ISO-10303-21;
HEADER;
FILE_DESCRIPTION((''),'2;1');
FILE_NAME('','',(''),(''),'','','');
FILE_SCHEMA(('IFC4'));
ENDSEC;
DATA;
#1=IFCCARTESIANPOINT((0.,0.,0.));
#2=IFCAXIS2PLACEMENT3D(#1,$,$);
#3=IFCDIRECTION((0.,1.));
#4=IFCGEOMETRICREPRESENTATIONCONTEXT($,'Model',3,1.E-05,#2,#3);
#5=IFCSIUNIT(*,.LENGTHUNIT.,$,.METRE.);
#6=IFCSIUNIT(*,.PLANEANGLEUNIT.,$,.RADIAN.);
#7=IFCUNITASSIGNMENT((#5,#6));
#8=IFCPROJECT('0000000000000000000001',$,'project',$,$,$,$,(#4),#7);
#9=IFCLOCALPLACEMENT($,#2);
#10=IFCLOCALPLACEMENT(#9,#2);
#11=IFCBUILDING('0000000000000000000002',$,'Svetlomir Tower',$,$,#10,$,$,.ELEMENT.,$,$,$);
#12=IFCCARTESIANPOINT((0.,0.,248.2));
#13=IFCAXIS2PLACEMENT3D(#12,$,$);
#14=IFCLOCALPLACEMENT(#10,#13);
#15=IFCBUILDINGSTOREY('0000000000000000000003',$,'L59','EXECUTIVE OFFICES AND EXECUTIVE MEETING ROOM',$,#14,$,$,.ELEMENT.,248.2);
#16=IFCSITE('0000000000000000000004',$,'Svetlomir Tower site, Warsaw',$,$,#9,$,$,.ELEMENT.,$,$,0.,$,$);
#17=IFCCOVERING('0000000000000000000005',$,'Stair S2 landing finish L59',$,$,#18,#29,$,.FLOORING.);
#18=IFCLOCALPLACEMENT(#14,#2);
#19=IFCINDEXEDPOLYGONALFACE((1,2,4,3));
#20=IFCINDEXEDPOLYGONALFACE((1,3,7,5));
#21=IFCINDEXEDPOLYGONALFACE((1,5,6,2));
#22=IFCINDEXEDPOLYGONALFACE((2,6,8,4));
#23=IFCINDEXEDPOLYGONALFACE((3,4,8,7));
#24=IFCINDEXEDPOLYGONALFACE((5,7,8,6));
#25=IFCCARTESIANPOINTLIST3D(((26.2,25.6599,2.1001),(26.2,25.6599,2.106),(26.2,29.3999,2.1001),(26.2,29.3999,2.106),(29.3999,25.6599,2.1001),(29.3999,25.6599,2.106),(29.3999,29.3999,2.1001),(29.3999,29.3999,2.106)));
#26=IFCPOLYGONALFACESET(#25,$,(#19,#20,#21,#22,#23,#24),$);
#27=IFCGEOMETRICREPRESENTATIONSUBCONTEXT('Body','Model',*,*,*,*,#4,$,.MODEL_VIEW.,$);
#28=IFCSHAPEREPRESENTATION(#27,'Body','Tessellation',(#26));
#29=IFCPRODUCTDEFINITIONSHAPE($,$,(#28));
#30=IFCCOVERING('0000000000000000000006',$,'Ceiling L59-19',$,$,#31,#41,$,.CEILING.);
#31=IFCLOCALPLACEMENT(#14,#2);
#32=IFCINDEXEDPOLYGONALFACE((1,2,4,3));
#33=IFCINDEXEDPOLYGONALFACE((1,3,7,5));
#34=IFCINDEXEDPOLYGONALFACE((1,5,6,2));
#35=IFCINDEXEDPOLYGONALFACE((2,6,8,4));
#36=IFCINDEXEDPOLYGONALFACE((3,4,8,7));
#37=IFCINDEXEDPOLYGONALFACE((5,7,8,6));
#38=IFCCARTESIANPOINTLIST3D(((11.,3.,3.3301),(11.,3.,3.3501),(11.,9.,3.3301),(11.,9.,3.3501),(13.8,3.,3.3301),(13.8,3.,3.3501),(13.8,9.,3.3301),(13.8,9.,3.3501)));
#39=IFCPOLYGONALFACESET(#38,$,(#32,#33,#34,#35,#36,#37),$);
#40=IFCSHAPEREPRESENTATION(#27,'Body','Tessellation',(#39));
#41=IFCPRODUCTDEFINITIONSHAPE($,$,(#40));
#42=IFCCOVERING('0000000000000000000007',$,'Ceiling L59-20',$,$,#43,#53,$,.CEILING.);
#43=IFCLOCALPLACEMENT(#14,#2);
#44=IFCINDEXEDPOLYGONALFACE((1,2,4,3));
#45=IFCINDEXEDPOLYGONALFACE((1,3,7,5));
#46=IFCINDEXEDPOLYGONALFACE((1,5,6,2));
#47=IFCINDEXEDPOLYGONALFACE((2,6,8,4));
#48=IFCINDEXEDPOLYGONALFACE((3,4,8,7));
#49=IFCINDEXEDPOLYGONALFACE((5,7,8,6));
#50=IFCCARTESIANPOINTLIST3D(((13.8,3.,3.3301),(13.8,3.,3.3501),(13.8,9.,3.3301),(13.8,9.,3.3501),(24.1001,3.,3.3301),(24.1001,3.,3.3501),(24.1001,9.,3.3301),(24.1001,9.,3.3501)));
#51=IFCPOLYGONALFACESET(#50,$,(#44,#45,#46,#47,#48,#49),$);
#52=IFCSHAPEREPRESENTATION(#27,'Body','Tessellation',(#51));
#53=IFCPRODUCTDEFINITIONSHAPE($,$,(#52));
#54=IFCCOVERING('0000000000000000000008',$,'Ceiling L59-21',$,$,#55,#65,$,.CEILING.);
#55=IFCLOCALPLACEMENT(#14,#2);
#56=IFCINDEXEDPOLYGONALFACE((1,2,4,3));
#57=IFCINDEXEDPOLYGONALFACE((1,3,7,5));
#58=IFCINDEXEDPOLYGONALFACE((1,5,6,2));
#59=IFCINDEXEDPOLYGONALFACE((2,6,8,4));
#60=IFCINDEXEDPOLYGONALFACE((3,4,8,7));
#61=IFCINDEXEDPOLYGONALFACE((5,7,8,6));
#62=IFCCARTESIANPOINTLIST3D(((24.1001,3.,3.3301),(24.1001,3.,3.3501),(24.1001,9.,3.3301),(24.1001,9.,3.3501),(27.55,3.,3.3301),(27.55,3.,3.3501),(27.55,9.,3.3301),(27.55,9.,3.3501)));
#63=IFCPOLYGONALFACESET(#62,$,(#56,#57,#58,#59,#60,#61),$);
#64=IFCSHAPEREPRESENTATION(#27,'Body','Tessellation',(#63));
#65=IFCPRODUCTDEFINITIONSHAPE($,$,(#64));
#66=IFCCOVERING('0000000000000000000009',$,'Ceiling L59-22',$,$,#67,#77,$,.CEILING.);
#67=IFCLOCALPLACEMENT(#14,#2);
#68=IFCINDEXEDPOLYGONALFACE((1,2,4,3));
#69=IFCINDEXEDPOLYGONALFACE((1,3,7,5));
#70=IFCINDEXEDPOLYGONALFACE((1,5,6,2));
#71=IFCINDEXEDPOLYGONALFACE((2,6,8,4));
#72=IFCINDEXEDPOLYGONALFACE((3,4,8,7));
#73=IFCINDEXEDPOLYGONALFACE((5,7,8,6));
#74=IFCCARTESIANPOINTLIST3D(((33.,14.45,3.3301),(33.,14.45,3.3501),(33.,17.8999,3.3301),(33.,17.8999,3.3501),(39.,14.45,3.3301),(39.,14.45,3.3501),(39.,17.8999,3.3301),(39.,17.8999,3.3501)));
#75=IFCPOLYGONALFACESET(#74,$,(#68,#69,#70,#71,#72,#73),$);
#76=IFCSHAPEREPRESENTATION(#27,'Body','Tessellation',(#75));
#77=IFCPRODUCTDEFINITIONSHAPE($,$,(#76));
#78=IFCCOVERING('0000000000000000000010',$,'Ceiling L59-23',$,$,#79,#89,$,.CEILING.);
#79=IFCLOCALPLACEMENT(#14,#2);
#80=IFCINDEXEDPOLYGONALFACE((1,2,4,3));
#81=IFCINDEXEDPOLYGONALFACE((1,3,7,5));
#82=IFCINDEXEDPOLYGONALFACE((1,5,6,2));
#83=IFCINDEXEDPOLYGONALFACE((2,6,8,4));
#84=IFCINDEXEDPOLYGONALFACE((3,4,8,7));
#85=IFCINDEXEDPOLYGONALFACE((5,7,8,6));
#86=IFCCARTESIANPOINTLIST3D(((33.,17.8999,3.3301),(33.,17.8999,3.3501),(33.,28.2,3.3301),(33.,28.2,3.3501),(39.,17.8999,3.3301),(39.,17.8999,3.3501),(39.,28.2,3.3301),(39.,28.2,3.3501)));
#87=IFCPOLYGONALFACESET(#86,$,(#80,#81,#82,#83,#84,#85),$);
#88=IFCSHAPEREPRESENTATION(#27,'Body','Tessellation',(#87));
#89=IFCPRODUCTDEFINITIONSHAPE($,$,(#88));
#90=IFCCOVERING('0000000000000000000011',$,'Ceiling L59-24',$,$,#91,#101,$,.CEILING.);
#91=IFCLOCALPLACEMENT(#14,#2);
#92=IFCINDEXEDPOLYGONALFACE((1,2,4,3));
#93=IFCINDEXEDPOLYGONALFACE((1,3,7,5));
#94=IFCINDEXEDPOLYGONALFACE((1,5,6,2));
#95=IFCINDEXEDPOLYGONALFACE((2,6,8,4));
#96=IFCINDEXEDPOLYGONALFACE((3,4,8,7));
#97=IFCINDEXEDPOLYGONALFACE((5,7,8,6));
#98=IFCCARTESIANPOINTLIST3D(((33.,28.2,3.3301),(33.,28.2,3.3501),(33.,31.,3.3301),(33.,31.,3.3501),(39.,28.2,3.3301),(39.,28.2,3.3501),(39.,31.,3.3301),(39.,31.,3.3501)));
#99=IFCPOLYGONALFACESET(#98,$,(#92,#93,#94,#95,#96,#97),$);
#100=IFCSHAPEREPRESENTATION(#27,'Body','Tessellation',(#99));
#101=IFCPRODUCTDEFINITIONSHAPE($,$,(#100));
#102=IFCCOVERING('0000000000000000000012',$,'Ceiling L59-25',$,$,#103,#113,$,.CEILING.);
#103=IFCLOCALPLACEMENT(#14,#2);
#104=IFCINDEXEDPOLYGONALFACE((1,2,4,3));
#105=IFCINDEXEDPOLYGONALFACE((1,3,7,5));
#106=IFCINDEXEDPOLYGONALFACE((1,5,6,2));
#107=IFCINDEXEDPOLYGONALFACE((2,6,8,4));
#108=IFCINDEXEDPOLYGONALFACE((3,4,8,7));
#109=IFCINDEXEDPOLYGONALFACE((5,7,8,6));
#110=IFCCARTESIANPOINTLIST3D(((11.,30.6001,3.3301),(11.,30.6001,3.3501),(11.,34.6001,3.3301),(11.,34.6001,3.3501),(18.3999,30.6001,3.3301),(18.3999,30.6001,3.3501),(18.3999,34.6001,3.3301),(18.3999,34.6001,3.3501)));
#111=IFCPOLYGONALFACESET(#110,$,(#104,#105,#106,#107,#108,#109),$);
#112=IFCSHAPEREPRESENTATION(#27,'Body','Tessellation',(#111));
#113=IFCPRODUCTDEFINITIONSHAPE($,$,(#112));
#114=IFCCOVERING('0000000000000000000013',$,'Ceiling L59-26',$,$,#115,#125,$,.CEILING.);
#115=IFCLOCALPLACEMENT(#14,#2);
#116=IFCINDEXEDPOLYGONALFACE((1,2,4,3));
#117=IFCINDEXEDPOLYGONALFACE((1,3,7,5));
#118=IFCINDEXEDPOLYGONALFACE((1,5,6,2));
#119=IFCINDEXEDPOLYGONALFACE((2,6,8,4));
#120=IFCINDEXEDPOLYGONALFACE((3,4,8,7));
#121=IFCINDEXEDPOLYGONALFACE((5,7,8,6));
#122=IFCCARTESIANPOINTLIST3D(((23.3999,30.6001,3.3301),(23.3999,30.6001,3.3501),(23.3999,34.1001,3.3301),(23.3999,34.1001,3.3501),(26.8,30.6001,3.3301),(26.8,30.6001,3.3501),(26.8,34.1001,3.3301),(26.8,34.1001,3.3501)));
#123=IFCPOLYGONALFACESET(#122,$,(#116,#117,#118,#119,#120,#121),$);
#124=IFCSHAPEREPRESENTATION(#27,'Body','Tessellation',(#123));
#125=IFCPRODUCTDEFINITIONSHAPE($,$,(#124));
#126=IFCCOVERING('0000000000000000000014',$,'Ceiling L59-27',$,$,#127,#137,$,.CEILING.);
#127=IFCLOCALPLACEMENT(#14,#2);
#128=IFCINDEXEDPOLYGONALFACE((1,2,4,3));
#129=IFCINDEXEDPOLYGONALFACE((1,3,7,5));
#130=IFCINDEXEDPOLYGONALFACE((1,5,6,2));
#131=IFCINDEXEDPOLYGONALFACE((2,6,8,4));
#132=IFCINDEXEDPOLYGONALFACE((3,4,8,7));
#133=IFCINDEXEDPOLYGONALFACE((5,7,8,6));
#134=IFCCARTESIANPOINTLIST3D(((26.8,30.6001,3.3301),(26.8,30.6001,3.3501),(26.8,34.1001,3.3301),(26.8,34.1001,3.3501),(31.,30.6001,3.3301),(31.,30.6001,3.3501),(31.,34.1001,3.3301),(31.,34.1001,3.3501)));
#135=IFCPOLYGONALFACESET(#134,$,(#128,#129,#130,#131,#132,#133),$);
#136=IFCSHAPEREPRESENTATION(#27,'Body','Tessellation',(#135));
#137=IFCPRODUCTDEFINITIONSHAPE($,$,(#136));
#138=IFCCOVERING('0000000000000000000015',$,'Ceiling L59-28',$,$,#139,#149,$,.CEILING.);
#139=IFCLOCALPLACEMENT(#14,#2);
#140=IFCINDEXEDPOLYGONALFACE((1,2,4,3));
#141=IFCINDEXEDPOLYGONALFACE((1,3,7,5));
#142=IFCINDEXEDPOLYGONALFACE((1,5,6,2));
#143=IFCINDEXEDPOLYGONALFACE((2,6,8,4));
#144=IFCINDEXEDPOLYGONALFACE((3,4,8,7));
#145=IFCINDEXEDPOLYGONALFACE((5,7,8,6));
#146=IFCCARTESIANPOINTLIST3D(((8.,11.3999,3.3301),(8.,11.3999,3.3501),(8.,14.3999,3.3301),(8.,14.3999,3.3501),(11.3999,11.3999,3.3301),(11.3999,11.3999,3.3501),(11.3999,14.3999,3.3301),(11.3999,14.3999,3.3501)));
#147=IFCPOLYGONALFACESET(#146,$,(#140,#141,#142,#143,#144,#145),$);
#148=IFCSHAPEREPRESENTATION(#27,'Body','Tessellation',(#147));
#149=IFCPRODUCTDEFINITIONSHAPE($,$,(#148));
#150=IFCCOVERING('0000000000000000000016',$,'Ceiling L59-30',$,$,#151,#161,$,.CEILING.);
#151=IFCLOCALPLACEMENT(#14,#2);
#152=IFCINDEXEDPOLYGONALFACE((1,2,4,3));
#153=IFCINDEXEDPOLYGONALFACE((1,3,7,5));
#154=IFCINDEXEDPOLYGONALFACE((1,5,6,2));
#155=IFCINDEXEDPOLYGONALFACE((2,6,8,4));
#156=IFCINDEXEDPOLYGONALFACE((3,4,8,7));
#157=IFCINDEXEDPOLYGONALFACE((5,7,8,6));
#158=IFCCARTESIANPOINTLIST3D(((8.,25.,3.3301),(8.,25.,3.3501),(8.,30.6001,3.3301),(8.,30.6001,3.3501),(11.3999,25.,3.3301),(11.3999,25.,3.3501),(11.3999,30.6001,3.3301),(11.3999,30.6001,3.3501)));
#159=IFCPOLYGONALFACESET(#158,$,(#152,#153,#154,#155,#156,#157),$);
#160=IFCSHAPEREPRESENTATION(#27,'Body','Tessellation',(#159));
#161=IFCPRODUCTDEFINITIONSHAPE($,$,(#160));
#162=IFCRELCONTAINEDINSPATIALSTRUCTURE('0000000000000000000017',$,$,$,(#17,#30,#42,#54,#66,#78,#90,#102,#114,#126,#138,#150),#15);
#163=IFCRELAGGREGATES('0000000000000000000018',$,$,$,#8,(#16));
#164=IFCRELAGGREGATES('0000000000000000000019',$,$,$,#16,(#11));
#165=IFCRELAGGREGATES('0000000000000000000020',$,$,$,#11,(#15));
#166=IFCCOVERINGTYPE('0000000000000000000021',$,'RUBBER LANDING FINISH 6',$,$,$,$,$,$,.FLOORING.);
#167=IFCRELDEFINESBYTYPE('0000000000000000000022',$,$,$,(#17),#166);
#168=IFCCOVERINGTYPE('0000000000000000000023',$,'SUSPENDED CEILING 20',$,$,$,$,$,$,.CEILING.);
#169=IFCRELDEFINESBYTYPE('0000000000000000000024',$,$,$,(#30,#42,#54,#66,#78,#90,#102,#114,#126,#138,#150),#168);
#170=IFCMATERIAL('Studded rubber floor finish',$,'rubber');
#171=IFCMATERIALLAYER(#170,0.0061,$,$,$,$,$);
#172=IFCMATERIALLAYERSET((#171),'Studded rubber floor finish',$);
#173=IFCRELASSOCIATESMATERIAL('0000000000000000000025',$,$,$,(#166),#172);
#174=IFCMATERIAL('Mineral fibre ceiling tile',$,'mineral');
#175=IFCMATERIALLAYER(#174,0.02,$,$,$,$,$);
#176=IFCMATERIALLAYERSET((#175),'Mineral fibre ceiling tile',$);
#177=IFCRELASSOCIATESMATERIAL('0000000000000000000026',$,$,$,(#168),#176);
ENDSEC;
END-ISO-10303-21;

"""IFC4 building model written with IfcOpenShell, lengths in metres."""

from ifc_helpers import new_model, si_unit, direction, frame, origin, place, context, subcontext, project, spatial, polyline, outline, extrude, material, layer, layer_set, type_object, element, save


model = new_model("IFC4")

# Units and contexts
model_context = context("Model", 3, precision=1e-05, world=origin(), true_north=direction((0.0, 1.0)))
body_context = subcontext(model_context, "Body", "Model", "MODEL_VIEW")
ifc_project = project(units=[si_unit("LENGTHUNIT", "METRE"), si_unit("PLANEANGLEUNIT", "RADIAN")], contexts=[model_context])

# Site, building, storey
site_placement = place(None, origin())
site = spatial("IfcSite", under=ifc_project, at=site_placement, Name="Svetlomir Tower site, Warsaw", CompositionType="ELEMENT", RefElevation=0.0)
building_placement = place(site_placement, origin())
building = spatial("IfcBuilding", under=site, at=building_placement, Name="Svetlomir Tower", CompositionType="ELEMENT")
storey_placement = place(building_placement, frame((0.0, 0.0, 248.2)))
storey = spatial("IfcBuildingStorey", under=building, at=storey_placement, Name="L59", Description="EXECUTIVE OFFICES AND EXECUTIVE MEETING ROOM", CompositionType="ELEMENT", Elevation=248.2)

# Coverings
ifc_material_1 = material(Name="Studded rubber floor finish", Category="rubber")
ifc_layer_1 = layer(ifc_material_1, 0.0061)
ifc_layer_set_1 = layer_set([ifc_layer_1], Name="Studded rubber floor finish")
covering_type_1 = type_object("IfcCoveringType", Name="RUBBER LANDING FINISH 6", PredefinedType="FLOORING", material=ifc_layer_set_1)
covering_1_placement = place(storey_placement, frame((0.0, 0.0, 2.1001)))
element("IfcCovering", 1, at=covering_1_placement, inside=storey, type_object=covering_type_1, Name="Stair S2 landing finish L59", PredefinedType="FLOORING", context=body_context, shape_type="SweptSolid", body=[
    extrude(outline(polyline([(26.2, 25.6599), (29.3999, 25.6599), (29.3999, 29.3999), (26.2, 29.3999), (26.2, 25.6599)])), origin(), (0.0, 0.0, 1.0), 0.0059),
])
ifc_material_2 = material(Name="Mineral fibre ceiling tile", Category="mineral")
ifc_layer_2 = layer(ifc_material_2, 0.02)
ifc_layer_set_2 = layer_set([ifc_layer_2], Name="Mineral fibre ceiling tile")
covering_type_2 = type_object("IfcCoveringType", Name="SUSPENDED CEILING 20", PredefinedType="CEILING", material=ifc_layer_set_2)
covering_2_placement = place(storey_placement, frame((0.0, 0.0, 3.3301)))
element("IfcCovering", 2, at=covering_2_placement, inside=storey, type_object=covering_type_2, Name="Ceiling L59-19", PredefinedType="CEILING", context=body_context, shape_type="SweptSolid", body=[
    extrude(outline(polyline([(11.0, 3.0), (13.8, 3.0), (13.8, 9.0), (11.0, 9.0), (11.0, 3.0)])), origin(), (0.0, 0.0, 1.0), 0.02),
])
covering_3_placement = place(storey_placement, frame((0.0, 0.0, 3.3301)))
element("IfcCovering", 3, at=covering_3_placement, inside=storey, type_object=covering_type_2, Name="Ceiling L59-20", PredefinedType="CEILING", context=body_context, shape_type="SweptSolid", body=[
    extrude(outline(polyline([(13.8, 3.0), (24.1001, 3.0), (24.1001, 9.0), (13.8, 9.0), (13.8, 3.0)])), origin(), (0.0, 0.0, 1.0), 0.02),
])
covering_4_placement = place(storey_placement, frame((0.0, 0.0, 3.3301)))
element("IfcCovering", 4, at=covering_4_placement, inside=storey, type_object=covering_type_2, Name="Ceiling L59-21", PredefinedType="CEILING", context=body_context, shape_type="SweptSolid", body=[
    extrude(outline(polyline([(24.1001, 3.0), (27.55, 3.0), (27.55, 9.0), (24.1001, 9.0), (24.1001, 3.0)])), origin(), (0.0, 0.0, 1.0), 0.02),
])
covering_5_placement = place(storey_placement, frame((0.0, 0.0, 3.3301)))
element("IfcCovering", 5, at=covering_5_placement, inside=storey, type_object=covering_type_2, Name="Ceiling L59-22", PredefinedType="CEILING", context=body_context, shape_type="SweptSolid", body=[
    extrude(outline(polyline([(33.0, 14.45), (39.0, 14.45), (39.0, 17.8999), (33.0, 17.8999), (33.0, 14.45)])), origin(), (0.0, 0.0, 1.0), 0.02),
])
covering_6_placement = place(storey_placement, frame((0.0, 0.0, 3.3301)))
element("IfcCovering", 6, at=covering_6_placement, inside=storey, type_object=covering_type_2, Name="Ceiling L59-23", PredefinedType="CEILING", context=body_context, shape_type="SweptSolid", body=[
    extrude(outline(polyline([(33.0, 17.8999), (39.0, 17.8999), (39.0, 28.2), (33.0, 28.2), (33.0, 17.8999)])), origin(), (0.0, 0.0, 1.0), 0.02),
])
covering_7_placement = place(storey_placement, frame((0.0, 0.0, 3.3301)))
element("IfcCovering", 7, at=covering_7_placement, inside=storey, type_object=covering_type_2, Name="Ceiling L59-24", PredefinedType="CEILING", context=body_context, shape_type="SweptSolid", body=[
    extrude(outline(polyline([(33.0, 28.2), (39.0, 28.2), (39.0, 31.0), (33.0, 31.0), (33.0, 28.2)])), origin(), (0.0, 0.0, 1.0), 0.02),
])
covering_8_placement = place(storey_placement, frame((0.0, 0.0, 3.3301)))
element("IfcCovering", 8, at=covering_8_placement, inside=storey, type_object=covering_type_2, Name="Ceiling L59-25", PredefinedType="CEILING", context=body_context, shape_type="SweptSolid", body=[
    extrude(outline(polyline([(11.0, 30.6001), (18.3999, 30.6001), (18.3999, 34.6001), (11.0, 34.6001), (11.0, 30.6001)])), origin(), (0.0, 0.0, 1.0), 0.02),
])
covering_9_placement = place(storey_placement, frame((0.0, 0.0, 3.3301)))
element("IfcCovering", 9, at=covering_9_placement, inside=storey, type_object=covering_type_2, Name="Ceiling L59-26", PredefinedType="CEILING", context=body_context, shape_type="SweptSolid", body=[
    extrude(outline(polyline([(23.3999, 30.6001), (26.8, 30.6001), (26.8, 34.1001), (23.3999, 34.1001), (23.3999, 30.6001)])), origin(), (0.0, 0.0, 1.0), 0.02),
])
covering_10_placement = place(storey_placement, frame((0.0, 0.0, 3.3301)))
element("IfcCovering", 10, at=covering_10_placement, inside=storey, type_object=covering_type_2, Name="Ceiling L59-27", PredefinedType="CEILING", context=body_context, shape_type="SweptSolid", body=[
    extrude(outline(polyline([(26.8, 30.6001), (31.0, 30.6001), (31.0, 34.1001), (26.8, 34.1001), (26.8, 30.6001)])), origin(), (0.0, 0.0, 1.0), 0.02),
])
covering_11_placement = place(storey_placement, frame((0.0, 0.0, 3.3301)))
element("IfcCovering", 11, at=covering_11_placement, inside=storey, type_object=covering_type_2, Name="Ceiling L59-28", PredefinedType="CEILING", context=body_context, shape_type="SweptSolid", body=[
    extrude(outline(polyline([(8.0, 11.3999), (11.3999, 11.3999), (11.3999, 14.3999), (8.0, 14.3999), (8.0, 11.3999)])), origin(), (0.0, 0.0, 1.0), 0.02),
])
covering_12_placement = place(storey_placement, frame((0.0, 0.0, 3.3301)))
element("IfcCovering", 12, at=covering_12_placement, inside=storey, type_object=covering_type_2, Name="Ceiling L59-30", PredefinedType="CEILING", context=body_context, shape_type="SweptSolid", body=[
    extrude(outline(polyline([(8.0, 25.0), (11.3999, 25.0), (11.3999, 30.6001), (8.0, 30.6001), (8.0, 25.0)])), origin(), (0.0, 0.0, 1.0), 0.02),
])

save(model, "model.ifc")
